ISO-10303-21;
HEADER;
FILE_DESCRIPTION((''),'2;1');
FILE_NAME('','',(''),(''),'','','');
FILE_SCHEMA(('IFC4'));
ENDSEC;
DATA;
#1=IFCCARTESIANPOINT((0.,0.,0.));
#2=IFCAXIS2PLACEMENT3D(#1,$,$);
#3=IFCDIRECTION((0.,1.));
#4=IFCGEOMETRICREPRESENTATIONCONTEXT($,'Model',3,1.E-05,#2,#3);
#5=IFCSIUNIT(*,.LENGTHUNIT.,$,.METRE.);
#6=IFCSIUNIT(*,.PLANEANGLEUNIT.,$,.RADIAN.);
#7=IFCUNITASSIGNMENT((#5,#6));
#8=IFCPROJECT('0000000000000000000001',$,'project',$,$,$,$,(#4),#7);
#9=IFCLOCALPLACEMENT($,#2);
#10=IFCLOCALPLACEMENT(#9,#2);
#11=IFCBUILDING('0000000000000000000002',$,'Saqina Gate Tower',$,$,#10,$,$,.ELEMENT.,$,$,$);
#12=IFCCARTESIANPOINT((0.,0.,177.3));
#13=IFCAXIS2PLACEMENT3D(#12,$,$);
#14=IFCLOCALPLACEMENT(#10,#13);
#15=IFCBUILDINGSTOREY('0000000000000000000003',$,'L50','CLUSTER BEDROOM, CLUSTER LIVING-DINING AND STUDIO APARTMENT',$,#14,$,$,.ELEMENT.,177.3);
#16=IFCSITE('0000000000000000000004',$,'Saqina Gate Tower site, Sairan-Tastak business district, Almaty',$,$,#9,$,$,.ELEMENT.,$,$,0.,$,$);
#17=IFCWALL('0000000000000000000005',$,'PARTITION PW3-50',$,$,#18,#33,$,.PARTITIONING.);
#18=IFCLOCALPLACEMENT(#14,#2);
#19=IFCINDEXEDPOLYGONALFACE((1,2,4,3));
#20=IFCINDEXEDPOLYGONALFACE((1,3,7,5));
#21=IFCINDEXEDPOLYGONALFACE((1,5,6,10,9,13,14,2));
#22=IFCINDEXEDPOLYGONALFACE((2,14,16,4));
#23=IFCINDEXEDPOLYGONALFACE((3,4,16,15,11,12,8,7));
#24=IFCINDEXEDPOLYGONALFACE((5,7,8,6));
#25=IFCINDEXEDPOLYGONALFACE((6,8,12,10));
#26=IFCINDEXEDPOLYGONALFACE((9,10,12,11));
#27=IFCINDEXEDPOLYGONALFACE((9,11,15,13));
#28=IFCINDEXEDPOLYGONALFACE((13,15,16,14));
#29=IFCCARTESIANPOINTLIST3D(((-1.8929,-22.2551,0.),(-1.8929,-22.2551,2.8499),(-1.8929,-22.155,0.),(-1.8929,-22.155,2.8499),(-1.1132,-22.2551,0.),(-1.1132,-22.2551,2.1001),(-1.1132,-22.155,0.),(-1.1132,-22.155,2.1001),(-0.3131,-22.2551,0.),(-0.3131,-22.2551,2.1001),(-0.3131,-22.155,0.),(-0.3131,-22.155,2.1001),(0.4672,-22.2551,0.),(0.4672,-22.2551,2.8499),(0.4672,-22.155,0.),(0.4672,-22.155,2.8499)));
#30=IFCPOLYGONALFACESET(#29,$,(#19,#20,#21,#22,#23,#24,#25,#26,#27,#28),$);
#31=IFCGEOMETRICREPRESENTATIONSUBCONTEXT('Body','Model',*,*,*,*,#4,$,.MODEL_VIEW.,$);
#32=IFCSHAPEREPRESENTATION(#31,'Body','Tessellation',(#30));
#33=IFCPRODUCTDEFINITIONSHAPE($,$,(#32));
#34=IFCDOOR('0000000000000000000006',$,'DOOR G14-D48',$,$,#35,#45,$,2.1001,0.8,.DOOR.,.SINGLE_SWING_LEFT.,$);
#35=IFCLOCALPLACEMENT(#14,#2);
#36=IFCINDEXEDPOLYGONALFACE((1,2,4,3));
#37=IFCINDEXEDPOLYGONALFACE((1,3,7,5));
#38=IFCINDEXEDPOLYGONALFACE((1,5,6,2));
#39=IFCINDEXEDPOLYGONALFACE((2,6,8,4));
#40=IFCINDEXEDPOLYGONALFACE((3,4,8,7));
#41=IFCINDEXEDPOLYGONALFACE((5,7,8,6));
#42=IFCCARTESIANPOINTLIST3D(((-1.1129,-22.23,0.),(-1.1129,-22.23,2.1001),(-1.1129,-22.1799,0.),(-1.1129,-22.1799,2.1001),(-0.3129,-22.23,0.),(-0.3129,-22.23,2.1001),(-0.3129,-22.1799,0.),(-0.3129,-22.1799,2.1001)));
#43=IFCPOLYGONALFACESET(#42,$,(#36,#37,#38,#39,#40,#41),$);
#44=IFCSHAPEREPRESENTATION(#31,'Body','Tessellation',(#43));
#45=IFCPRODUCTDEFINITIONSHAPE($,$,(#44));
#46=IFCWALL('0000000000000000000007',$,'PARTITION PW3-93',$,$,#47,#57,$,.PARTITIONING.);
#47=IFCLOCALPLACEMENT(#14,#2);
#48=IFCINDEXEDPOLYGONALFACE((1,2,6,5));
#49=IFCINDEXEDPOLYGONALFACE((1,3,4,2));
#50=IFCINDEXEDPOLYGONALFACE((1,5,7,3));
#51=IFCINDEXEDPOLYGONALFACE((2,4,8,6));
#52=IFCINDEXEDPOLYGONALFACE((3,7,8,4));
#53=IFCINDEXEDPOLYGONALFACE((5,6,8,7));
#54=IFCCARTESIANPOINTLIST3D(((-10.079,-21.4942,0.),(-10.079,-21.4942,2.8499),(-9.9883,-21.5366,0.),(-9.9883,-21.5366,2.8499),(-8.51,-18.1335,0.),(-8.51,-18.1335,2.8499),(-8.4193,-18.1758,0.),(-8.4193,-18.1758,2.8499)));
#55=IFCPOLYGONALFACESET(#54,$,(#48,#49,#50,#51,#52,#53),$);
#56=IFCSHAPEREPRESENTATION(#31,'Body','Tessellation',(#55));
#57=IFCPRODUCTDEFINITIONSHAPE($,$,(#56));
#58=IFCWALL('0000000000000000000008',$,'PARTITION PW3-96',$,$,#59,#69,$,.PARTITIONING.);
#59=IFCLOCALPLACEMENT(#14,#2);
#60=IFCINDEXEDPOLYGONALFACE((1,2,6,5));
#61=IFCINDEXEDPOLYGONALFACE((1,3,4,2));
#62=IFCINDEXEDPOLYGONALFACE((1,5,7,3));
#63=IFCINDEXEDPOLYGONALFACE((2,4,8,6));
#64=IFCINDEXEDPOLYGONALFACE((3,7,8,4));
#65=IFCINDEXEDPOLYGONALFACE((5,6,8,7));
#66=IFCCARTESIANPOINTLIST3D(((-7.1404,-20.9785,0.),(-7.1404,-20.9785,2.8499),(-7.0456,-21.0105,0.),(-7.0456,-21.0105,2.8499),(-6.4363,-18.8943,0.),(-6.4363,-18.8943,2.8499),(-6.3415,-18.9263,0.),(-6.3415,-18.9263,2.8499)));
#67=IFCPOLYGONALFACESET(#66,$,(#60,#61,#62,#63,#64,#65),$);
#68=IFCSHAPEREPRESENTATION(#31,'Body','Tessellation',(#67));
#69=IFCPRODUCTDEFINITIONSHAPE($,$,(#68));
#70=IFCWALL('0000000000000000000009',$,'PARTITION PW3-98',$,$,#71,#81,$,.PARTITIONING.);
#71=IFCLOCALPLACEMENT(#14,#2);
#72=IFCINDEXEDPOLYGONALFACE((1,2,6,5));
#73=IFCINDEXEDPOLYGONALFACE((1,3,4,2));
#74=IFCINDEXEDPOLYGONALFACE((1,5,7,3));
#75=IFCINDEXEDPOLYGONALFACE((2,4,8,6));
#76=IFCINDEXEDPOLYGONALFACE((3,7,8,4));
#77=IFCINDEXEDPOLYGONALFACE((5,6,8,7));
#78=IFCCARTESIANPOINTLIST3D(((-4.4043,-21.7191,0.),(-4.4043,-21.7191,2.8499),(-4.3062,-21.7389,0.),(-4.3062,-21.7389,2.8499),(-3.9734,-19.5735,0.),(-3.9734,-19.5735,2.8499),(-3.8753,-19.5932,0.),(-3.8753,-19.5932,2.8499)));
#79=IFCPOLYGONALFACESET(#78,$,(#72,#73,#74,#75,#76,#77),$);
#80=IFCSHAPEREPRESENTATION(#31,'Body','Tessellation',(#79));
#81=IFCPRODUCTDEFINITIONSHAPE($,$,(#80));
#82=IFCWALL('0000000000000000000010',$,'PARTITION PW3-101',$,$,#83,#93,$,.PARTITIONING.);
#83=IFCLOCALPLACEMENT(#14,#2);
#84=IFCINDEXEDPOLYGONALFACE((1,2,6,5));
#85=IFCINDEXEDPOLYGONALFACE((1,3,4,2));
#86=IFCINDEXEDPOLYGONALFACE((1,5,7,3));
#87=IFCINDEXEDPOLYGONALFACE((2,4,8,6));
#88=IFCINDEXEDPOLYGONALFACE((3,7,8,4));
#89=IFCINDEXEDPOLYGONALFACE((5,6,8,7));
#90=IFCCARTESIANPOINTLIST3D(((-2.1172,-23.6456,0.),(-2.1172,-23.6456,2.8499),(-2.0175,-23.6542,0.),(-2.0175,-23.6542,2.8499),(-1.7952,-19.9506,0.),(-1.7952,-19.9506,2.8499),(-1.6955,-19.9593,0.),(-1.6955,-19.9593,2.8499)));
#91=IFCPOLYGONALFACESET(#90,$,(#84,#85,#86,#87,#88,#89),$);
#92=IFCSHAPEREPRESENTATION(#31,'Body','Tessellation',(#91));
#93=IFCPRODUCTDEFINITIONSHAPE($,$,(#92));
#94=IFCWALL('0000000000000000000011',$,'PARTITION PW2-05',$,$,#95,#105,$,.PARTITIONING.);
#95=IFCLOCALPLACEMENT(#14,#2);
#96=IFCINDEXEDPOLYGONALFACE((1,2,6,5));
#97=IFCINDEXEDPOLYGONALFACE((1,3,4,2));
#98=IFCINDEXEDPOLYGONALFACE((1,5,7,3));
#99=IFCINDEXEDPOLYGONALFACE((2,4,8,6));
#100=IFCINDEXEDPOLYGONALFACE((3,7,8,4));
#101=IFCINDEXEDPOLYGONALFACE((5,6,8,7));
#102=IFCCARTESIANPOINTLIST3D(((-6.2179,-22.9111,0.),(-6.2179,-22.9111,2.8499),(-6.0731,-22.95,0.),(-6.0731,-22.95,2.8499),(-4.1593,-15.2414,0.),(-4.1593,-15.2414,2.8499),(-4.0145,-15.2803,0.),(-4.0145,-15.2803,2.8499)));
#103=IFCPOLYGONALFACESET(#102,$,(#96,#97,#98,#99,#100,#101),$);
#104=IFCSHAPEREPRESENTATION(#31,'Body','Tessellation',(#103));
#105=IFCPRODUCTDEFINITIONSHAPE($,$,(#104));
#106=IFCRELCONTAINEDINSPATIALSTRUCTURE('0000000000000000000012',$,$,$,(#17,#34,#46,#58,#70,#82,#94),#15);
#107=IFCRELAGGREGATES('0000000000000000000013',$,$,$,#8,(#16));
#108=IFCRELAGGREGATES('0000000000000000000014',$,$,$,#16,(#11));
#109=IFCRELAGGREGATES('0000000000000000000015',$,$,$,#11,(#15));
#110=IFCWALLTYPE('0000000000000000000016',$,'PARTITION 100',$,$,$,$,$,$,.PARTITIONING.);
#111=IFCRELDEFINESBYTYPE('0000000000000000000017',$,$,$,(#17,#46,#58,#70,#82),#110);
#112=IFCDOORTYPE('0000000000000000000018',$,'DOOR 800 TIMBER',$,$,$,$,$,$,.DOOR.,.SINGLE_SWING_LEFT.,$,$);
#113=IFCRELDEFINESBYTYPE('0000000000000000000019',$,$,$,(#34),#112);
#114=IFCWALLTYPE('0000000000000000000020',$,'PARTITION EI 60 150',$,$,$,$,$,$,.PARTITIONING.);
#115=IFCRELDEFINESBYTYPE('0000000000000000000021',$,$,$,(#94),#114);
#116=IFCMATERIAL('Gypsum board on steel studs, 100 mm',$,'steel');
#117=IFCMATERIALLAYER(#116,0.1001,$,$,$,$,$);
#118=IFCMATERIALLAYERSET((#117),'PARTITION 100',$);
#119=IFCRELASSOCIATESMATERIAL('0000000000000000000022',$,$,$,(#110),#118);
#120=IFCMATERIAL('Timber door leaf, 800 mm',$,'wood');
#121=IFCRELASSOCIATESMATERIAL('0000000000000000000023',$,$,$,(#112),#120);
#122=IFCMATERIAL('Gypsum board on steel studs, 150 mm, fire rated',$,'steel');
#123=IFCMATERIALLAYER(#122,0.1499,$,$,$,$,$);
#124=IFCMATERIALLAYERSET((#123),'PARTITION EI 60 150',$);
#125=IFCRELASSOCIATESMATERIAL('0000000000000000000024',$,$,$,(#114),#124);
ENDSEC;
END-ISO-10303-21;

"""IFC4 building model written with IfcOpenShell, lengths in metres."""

from ifc_helpers import new_model, si_unit, direction, frame, frame_2d, origin, place, context, subcontext, project, spatial, rectangle, extrude, material, layer, layer_set, type_object, element, fill, save


model = new_model("IFC4")

# Units and contexts
model_context = context("Model", 3, precision=1e-05, world=origin(), true_north=direction((0.0, 1.0)))
body_context = subcontext(model_context, "Body", "Model", "MODEL_VIEW")
ifc_project = project(units=[si_unit("LENGTHUNIT", "METRE"), si_unit("PLANEANGLEUNIT", "RADIAN")], contexts=[model_context])

# Site, building, storey
site_placement = place(None, origin())
site = spatial("IfcSite", under=ifc_project, at=site_placement, Name="Saqina Gate Tower site, Sairan-Tastak business district, Almaty", CompositionType="ELEMENT", RefElevation=0.0)
building_placement = place(site_placement, origin())
building = spatial("IfcBuilding", under=site, at=building_placement, Name="Saqina Gate Tower", CompositionType="ELEMENT")
storey_placement = place(building_placement, frame((0.0, 0.0, 177.3)))
storey = spatial("IfcBuildingStorey", under=building, at=storey_placement, Name="L50", Description="CLUSTER BEDROOM, CLUSTER LIVING-DINING AND STUDIO APARTMENT", CompositionType="ELEMENT", Elevation=177.3)

# Wall, opening, door
ifc_material_1 = material(Name="Gypsum board on steel studs, 100 mm", Category="steel")
ifc_layer_1 = layer(ifc_material_1, 0.1001)
ifc_layer_set_1 = layer_set([ifc_layer_1], Name="PARTITION 100")
wall_type_1 = type_object("IfcWallType", Name="PARTITION 100", PredefinedType="PARTITIONING", material=ifc_layer_set_1)
ifc_material_2 = material(Name="Timber door leaf, 800 mm", Category="wood")
door_type = type_object("IfcDoorType", Name="DOOR 800 TIMBER", OperationType="SINGLE_SWING_LEFT", PredefinedType="DOOR", material=ifc_material_2)
wall_1_placement = place(storey_placement, frame((-1.8931, -22.2051, 0.0), z_axis=(0.0, 0.0, 1.0), x_axis=(1.0, 0.0, 0.0)))
wall_1 = element("IfcWall", 1, at=wall_1_placement, inside=storey, type_object=wall_type_1, Name="PARTITION PW3-50", PredefinedType="PARTITIONING", context=body_context, shape_type="SweptSolid", body=[
    extrude(rectangle(XDim=2.3601, YDim=0.1001, at=frame_2d((1.1802, 0.0))), origin(), (0.0, 0.0, 1.0), 2.8499),
])
opening_1_placement = place(wall_1_placement, frame((0.78, 0.0, 0.0)))
opening_1 = element("IfcOpeningElement", 2, at=opening_1_placement, cuts=wall_1, PredefinedType="OPENING", context=body_context, shape_type="SweptSolid", body=[
    extrude(rectangle(XDim=0.8, YDim=2.1001, at=frame_2d((0.3999, 1.05))), frame((0.0, 0.062, 0.0), z_axis=(0.0, -1.0, 0.0), x_axis=(1.0, 0.0, 0.0)), (0.0, 0.0, 1.0), 0.124),
])
door_1_placement = place(opening_1_placement, frame((0.8, 0.0, 0.0), z_axis=(0.0, 0.0, 1.0), x_axis=(-1.0, 0.0, 0.0)))
door_1 = element("IfcDoor", 3, at=door_1_placement, inside=storey, type_object=door_type, Name="DOOR G14-D48", OperationType="SINGLE_SWING_LEFT", OverallHeight=2.1001, OverallWidth=0.8, PredefinedType="DOOR", context=body_context, shape_type="SweptSolid", body=[
    extrude(rectangle(XDim=0.8, YDim=2.1001, at=frame_2d((0.3999, 1.05))), frame((0.0, 0.0249, 0.0), z_axis=(0.0, -1.0, 0.0), x_axis=(1.0, 0.0, 0.0)), (0.0, 0.0, 1.0), 0.05),
])
fill(opening_1, door_1)

# Walls
wall_2_placement = place(storey_placement, frame((-10.0337, -21.5154, 0.0), z_axis=(0.0, 0.0, 1.0), x_axis=(0.42304, 0.906111, 0.0)))
element("IfcWall", 4, at=wall_2_placement, inside=storey, type_object=wall_type_1, Name="PARTITION PW3-93", PredefinedType="PARTITIONING", context=body_context, shape_type="SweptSolid", body=[
    extrude(rectangle(XDim=3.709, YDim=0.1001, at=frame_2d((1.8545, 0.0))), origin(), (0.0, 0.0, 1.0), 2.8499),
])
wall_3_placement = place(storey_placement, frame((-7.093, -20.9946, 0.0), z_axis=(0.0, 0.0, 1.0), x_axis=(0.320054, 0.947399, 0.0)))
element("IfcWall", 5, at=wall_3_placement, inside=storey, type_object=wall_type_1, Name="PARTITION PW3-96", PredefinedType="PARTITIONING", context=body_context, shape_type="SweptSolid", body=[
    extrude(rectangle(XDim=2.2, YDim=0.1001, at=frame_2d((1.1001, 0.0))), origin(), (0.0, 0.0, 1.0), 2.8499),
])
wall_4_placement = place(storey_placement, frame((-4.3552, -21.729, 0.0), z_axis=(0.0, 0.0, 1.0), x_axis=(0.196888, 0.980426, 0.0)))
element("IfcWall", 6, at=wall_4_placement, inside=storey, type_object=wall_type_1, Name="PARTITION PW3-98", PredefinedType="PARTITIONING", context=body_context, shape_type="SweptSolid", body=[
    extrude(rectangle(XDim=2.1885, YDim=0.1001, at=frame_2d((1.0942, 0.0))), origin(), (0.0, 0.0, 1.0), 2.8499),
])
wall_5_placement = place(storey_placement, frame((-2.0674, -23.6499, 0.0), z_axis=(0.0, 0.0, 1.0), x_axis=(0.08682, 0.996224, 0.0)))
element("IfcWall", 7, at=wall_5_placement, inside=storey, type_object=wall_type_1, Name="PARTITION PW3-101", PredefinedType="PARTITIONING", context=body_context, shape_type="SweptSolid", body=[
    extrude(rectangle(XDim=3.709, YDim=0.1001, at=frame_2d((1.8545, 0.0))), origin(), (0.0, 0.0, 1.0), 2.8499),
])
ifc_material_3 = material(Name="Gypsum board on steel studs, 150 mm, fire rated", Category="steel")
ifc_layer_2 = layer(ifc_material_3, 0.1499)
ifc_layer_set_2 = layer_set([ifc_layer_2], Name="PARTITION EI 60 150")
wall_type_2 = type_object("IfcWallType", Name="PARTITION EI 60 150", PredefinedType="PARTITIONING", material=ifc_layer_set_2)
wall_6_placement = place(storey_placement, frame((-6.1455, -22.9307, 0.0), z_axis=(0.0, 0.0, 1.0), x_axis=(0.259231, 0.965815, 0.0)))
element("IfcWall", 8, at=wall_6_placement, inside=storey, type_object=wall_type_2, Name="PARTITION PW2-05", PredefinedType="PARTITIONING", context=body_context, shape_type="SweptSolid", body=[
    extrude(rectangle(XDim=7.9412, YDim=0.1499, at=frame_2d((3.9707, 0.0))), origin(), (0.0, 0.0, 1.0), 2.8499),
])

save(model, "model.ifc")
